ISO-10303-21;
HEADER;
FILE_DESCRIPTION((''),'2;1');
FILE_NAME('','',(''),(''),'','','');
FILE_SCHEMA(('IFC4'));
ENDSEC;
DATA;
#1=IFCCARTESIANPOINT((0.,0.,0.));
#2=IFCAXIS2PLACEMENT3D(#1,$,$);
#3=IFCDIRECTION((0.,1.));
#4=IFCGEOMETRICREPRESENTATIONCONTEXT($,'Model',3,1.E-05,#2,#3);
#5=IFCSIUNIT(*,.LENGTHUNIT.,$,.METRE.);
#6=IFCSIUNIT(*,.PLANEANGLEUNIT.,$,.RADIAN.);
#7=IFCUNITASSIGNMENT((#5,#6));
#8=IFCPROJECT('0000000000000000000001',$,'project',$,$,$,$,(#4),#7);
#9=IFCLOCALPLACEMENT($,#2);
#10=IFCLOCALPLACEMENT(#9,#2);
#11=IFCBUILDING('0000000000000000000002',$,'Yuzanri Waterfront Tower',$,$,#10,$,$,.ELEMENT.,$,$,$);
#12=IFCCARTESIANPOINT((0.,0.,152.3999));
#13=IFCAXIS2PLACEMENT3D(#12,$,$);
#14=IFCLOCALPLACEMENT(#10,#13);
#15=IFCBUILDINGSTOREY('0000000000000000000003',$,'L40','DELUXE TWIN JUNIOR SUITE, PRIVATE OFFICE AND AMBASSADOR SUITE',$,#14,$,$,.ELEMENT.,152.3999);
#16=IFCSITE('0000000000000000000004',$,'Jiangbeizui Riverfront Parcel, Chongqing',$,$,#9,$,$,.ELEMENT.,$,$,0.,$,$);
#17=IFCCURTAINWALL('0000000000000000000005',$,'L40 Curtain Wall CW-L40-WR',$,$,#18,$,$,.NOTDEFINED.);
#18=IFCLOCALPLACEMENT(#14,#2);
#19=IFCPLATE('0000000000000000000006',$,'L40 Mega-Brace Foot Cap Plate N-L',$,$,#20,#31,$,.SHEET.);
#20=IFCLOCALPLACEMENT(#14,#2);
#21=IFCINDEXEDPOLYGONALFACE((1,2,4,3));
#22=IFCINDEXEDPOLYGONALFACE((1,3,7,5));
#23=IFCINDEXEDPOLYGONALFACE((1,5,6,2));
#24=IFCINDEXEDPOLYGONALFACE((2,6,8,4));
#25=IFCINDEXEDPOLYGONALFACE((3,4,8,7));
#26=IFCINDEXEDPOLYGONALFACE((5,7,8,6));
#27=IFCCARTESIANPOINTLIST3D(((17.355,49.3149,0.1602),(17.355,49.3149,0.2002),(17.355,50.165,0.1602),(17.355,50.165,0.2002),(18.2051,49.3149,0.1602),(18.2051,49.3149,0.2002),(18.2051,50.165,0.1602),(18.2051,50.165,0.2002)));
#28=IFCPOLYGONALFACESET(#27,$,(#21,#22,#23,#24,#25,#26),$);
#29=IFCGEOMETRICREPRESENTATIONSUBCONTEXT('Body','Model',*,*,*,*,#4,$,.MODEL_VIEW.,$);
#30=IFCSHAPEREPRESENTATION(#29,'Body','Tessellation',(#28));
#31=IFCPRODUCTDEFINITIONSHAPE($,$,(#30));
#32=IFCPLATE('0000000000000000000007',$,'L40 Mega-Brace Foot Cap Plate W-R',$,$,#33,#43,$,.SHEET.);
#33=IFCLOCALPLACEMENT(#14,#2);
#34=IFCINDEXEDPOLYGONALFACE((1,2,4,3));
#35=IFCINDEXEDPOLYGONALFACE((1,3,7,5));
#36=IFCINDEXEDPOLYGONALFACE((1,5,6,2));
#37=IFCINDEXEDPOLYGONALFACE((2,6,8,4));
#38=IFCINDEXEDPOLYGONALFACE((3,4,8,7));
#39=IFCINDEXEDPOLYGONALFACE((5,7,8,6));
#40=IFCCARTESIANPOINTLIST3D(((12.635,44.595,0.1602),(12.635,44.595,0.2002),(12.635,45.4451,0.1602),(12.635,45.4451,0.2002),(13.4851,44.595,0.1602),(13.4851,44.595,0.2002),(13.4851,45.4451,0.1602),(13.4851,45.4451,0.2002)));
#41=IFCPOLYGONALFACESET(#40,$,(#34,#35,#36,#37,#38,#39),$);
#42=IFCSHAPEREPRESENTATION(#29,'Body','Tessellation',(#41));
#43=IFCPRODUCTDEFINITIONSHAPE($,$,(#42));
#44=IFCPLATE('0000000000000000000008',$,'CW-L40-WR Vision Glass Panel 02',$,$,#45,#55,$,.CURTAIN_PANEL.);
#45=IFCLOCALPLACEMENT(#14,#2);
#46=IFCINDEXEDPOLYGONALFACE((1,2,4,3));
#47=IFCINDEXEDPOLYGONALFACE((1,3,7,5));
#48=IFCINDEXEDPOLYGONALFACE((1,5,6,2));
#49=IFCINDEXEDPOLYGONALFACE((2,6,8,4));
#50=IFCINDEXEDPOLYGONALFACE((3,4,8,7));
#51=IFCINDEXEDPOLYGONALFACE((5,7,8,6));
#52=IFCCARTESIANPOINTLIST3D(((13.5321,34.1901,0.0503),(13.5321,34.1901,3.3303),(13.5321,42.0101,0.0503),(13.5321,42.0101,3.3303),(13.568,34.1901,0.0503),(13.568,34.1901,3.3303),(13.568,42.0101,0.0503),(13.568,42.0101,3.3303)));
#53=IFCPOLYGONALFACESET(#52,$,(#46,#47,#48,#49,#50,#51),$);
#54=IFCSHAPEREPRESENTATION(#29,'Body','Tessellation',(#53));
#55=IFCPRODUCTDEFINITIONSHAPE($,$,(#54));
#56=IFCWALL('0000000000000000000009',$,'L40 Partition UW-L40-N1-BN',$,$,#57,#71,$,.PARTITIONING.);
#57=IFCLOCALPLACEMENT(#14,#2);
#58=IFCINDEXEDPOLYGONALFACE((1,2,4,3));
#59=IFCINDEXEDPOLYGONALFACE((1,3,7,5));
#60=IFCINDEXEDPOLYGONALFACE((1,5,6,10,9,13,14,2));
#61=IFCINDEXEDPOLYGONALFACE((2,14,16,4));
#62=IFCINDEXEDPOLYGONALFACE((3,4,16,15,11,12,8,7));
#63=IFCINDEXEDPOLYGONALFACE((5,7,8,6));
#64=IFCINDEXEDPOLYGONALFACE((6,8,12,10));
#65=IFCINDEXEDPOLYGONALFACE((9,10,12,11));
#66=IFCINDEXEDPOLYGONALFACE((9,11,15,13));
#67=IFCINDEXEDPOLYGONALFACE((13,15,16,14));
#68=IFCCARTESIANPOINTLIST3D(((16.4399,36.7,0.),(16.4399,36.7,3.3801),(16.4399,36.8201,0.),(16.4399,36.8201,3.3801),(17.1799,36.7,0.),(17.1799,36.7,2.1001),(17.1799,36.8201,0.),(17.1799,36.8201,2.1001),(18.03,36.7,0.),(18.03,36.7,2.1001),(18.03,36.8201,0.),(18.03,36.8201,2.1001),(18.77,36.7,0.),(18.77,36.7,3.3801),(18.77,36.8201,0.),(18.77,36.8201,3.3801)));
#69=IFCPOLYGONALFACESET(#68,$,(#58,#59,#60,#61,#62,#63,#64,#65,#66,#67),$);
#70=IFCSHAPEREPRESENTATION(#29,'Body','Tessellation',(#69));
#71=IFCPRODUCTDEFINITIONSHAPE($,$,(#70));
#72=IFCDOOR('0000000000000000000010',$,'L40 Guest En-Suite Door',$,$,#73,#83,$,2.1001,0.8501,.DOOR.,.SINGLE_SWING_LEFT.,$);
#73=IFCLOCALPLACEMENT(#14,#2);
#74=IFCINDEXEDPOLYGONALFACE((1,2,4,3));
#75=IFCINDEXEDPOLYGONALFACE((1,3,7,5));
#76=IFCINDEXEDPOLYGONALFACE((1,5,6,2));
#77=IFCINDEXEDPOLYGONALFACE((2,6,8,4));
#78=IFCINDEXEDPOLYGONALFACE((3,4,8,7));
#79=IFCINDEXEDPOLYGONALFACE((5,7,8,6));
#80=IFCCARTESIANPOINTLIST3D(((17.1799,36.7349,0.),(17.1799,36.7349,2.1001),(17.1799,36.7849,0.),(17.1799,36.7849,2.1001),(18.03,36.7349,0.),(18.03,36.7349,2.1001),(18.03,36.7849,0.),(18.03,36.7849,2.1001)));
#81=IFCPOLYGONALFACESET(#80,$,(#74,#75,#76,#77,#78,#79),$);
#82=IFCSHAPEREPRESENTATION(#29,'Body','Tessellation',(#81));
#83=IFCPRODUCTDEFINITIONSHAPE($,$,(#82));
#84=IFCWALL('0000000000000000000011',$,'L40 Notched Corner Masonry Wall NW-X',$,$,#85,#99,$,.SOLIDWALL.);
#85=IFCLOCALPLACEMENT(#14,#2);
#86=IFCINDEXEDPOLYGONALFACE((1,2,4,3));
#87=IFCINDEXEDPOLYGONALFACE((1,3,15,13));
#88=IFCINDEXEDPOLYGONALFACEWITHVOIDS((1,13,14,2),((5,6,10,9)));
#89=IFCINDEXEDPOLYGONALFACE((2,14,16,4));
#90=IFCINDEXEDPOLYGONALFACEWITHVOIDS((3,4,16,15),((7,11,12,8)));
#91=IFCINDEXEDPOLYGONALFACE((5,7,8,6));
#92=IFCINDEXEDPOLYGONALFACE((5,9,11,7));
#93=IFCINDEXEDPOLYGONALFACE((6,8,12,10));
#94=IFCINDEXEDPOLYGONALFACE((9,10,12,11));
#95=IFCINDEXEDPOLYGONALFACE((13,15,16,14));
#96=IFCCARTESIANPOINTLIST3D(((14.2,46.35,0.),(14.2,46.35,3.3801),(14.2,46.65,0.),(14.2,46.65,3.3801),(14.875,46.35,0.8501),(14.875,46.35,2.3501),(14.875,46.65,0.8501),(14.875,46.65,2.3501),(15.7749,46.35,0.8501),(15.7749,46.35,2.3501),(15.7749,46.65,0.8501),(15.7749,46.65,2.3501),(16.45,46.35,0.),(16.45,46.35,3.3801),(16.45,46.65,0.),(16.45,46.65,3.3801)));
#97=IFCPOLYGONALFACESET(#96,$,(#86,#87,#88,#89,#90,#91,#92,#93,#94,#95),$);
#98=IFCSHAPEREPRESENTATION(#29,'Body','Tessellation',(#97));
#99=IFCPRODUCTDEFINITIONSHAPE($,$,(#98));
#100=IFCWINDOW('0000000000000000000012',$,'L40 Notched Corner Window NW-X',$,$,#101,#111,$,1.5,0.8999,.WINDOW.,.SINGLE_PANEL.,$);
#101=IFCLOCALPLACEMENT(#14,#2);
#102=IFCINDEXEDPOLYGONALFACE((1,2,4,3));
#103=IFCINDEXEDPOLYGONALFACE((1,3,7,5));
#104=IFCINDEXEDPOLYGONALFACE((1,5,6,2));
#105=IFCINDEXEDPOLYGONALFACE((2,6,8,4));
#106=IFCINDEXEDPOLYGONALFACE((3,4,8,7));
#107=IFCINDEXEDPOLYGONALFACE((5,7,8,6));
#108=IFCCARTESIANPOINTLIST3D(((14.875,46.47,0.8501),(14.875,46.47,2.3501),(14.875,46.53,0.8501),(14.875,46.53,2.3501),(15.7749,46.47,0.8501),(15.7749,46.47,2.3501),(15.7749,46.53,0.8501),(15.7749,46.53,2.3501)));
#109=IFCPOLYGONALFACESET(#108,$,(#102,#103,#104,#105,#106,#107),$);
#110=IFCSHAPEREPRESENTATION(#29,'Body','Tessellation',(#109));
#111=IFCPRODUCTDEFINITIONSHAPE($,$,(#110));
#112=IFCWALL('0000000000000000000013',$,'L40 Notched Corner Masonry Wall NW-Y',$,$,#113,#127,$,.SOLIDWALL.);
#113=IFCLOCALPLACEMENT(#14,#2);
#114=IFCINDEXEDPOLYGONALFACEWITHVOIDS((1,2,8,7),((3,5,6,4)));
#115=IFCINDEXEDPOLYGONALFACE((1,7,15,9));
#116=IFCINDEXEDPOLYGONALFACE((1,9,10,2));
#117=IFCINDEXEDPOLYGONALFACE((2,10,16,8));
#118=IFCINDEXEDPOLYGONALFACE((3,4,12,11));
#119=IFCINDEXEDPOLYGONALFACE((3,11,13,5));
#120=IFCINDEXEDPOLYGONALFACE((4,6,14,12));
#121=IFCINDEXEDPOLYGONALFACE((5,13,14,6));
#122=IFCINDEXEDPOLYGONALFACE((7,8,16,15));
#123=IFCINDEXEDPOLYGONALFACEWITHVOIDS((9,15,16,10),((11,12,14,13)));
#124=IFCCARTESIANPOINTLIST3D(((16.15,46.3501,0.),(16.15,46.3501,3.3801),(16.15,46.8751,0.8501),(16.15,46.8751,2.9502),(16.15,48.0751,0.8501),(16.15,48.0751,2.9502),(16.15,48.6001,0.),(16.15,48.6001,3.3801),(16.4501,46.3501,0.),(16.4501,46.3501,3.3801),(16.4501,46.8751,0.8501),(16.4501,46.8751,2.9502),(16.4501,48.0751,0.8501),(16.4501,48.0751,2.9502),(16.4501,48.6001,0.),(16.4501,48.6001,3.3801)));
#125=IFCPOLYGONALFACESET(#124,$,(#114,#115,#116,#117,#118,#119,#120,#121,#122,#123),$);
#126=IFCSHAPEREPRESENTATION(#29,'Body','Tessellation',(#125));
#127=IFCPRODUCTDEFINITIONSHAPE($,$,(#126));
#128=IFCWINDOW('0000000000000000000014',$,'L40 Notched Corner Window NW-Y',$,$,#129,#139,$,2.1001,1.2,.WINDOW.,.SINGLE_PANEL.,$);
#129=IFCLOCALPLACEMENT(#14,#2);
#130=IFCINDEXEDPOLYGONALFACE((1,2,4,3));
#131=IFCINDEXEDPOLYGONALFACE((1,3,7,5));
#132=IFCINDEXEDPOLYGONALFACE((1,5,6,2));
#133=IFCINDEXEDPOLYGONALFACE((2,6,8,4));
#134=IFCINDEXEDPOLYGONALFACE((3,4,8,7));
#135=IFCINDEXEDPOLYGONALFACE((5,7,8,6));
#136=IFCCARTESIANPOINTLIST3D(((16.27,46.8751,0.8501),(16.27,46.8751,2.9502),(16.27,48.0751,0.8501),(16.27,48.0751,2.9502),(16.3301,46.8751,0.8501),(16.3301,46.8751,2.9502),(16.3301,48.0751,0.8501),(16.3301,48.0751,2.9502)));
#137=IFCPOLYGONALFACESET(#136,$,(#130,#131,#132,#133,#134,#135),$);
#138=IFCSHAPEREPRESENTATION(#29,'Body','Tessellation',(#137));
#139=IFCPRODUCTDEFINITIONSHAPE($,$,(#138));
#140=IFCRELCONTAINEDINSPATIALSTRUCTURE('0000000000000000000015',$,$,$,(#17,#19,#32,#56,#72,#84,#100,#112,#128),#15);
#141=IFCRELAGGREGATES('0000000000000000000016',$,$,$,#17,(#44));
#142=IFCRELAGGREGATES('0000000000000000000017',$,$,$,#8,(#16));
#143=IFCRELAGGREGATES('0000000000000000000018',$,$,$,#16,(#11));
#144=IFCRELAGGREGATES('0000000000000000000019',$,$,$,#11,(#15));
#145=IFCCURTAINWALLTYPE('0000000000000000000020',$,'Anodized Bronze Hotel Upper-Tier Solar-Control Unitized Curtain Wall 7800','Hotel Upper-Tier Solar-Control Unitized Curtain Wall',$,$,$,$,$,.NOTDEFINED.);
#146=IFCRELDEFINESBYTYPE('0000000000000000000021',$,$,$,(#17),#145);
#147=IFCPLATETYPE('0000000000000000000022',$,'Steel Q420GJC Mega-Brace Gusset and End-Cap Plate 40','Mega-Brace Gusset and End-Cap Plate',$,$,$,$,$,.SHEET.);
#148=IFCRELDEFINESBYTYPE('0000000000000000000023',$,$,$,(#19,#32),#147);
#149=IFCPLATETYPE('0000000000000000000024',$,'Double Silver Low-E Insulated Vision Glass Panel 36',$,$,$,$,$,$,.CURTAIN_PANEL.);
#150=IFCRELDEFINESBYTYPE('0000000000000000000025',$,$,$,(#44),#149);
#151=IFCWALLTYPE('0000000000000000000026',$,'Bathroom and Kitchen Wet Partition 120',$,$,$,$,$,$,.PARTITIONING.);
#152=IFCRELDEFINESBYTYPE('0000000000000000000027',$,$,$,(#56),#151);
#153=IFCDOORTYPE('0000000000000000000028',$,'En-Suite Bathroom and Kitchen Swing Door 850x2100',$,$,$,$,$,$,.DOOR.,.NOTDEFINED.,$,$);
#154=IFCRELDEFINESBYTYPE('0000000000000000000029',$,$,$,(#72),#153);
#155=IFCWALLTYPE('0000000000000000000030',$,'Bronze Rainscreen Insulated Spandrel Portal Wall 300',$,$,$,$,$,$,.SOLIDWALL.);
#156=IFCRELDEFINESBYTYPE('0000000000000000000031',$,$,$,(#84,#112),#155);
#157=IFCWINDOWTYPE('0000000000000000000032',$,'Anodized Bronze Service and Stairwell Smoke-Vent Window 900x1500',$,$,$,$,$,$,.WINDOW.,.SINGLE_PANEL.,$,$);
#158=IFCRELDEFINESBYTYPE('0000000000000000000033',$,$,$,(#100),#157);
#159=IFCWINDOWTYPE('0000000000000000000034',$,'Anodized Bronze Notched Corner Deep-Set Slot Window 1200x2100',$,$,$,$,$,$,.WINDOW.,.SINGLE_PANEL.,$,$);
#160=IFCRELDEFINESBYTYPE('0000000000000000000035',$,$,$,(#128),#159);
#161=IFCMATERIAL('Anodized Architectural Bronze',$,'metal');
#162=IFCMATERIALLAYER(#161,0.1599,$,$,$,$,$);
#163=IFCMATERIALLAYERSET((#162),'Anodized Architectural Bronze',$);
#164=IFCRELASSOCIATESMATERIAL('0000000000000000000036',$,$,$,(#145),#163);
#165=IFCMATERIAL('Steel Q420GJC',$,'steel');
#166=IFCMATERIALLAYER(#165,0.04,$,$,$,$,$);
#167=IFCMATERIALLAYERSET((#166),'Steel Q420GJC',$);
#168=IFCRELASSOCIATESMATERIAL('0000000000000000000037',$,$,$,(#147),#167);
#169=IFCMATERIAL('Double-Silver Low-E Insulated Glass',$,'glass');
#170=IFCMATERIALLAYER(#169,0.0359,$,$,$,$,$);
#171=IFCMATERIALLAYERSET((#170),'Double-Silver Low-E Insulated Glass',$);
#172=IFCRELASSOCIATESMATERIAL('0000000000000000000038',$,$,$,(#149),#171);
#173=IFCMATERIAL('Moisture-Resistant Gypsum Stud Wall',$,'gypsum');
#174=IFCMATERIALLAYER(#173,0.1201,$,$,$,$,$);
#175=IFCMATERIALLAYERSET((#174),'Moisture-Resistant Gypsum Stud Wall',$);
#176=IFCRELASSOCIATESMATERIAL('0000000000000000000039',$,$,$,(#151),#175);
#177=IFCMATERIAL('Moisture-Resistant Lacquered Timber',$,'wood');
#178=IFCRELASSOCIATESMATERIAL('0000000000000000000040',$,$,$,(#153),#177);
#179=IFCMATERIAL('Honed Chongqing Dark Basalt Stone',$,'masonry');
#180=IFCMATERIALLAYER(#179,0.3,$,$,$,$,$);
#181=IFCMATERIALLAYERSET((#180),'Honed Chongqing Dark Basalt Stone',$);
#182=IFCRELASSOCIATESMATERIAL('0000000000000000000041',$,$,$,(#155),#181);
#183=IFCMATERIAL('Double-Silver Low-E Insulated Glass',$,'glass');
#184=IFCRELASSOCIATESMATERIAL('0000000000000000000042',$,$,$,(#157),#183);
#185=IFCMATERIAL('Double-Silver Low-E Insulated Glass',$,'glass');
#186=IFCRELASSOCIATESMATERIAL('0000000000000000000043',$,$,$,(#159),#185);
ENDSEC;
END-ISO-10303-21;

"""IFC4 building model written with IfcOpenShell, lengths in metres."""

from ifc_helpers import new_model, si_unit, direction, frame, frame_2d, origin, origin_2d, place, context, subcontext, project, spatial, rectangle, extrude, source, transform, mapped, material, layer, layer_set, type_object, element, fill, aggregate, save


model = new_model("IFC4")

# Units and contexts
model_context = context("Model", 3, precision=1e-05, world=origin(), true_north=direction((0.0, 1.0)))
body_context = subcontext(model_context, "Body", "Model", "MODEL_VIEW")
ifc_project = project(units=[si_unit("LENGTHUNIT", "METRE"), si_unit("PLANEANGLEUNIT", "RADIAN")], contexts=[model_context])

# Site, building, storey
site_placement = place(None, origin())
site = spatial("IfcSite", under=ifc_project, at=site_placement, Name="Jiangbeizui Riverfront Parcel, Chongqing", CompositionType="ELEMENT", RefElevation=0.0)
building_placement = place(site_placement, origin())
building = spatial("IfcBuilding", under=site, at=building_placement, Name="Yuzanri Waterfront Tower", CompositionType="ELEMENT")
storey_placement = place(building_placement, frame((0.0, 0.0, 152.3999)))
storey = spatial("IfcBuildingStorey", under=building, at=storey_placement, Name="L40", Description="DELUXE TWIN JUNIOR SUITE, PRIVATE OFFICE AND AMBASSADOR SUITE", CompositionType="ELEMENT", Elevation=152.3999)

# Curtain wall
ifc_material_1 = material(Name="Anodized Architectural Bronze", Category="metal")
ifc_layer_1 = layer(ifc_material_1, 0.1599)
ifc_layer_set_1 = layer_set([ifc_layer_1], Name="Anodized Architectural Bronze")
curtain_wall_type = type_object("IfcCurtainWallType", Name="Anodized Bronze Hotel Upper-Tier Solar-Control Unitized Curtain Wall 7800", Description="Hotel Upper-Tier Solar-Control Unitized Curtain Wall", PredefinedType="NOTDEFINED", material=ifc_layer_set_1)
curtain_wall_placement = place(storey_placement, origin())
curtain_wall = element("IfcCurtainWall", 1, at=curtain_wall_placement, inside=storey, type_object=curtain_wall_type, Name="L40 Curtain Wall CW-L40-WR", PredefinedType="NOTDEFINED")

# Plates
ifc_material_2 = material(Name="Steel Q420GJC", Category="steel")
ifc_layer_2 = layer(ifc_material_2, 0.04)
ifc_layer_set_2 = layer_set([ifc_layer_2], Name="Steel Q420GJC")
plate_type_1 = type_object("IfcPlateType", Name="Steel Q420GJC Mega-Brace Gusset and End-Cap Plate 40", Description="Mega-Brace Gusset and End-Cap Plate", PredefinedType="SHEET", material=ifc_layer_set_2)
shared_shape_1 = source(origin(), body_context, "Body", "SweptSolid", [
    extrude(rectangle(XDim=0.8501, YDim=0.8501, at=origin_2d()), origin(), (0.0, 0.0, 1.0), 0.04),
])
for number, where, z_axis, x_axis, name in (
    (2, (17.78, 49.74, 0.1602), (0.0, 0.0, 1.0), (1.0, 0.0, 0.0), "L40 Mega-Brace Foot Cap Plate N-L"),
    (3, (13.0601, 45.02, 0.1602), (0.0, 0.0, 1.0), (1.0, 0.0, 0.0), "L40 Mega-Brace Foot Cap Plate W-R"),
):
    element("IfcPlate", number, at=place(storey_placement, frame(where, z_axis=z_axis, x_axis=x_axis)), inside=storey, type_object=plate_type_1, Name=name, PredefinedType="SHEET", context=body_context, shape_type="MappedRepresentation", body=[
        mapped(shared_shape_1, transform((0.0, 0.0, 0.0), scale=1.0)),
    ])

# Plate
ifc_material_3 = material(Name="Double-Silver Low-E Insulated Glass", Category="glass")
ifc_layer_3 = layer(ifc_material_3, 0.0359)
ifc_layer_set_3 = layer_set([ifc_layer_3], Name="Double-Silver Low-E Insulated Glass")
plate_type_2 = type_object("IfcPlateType", Name="Double Silver Low-E Insulated Vision Glass Panel 36", PredefinedType="CURTAIN_PANEL", material=ifc_layer_set_3)
shared_shape_2 = source(origin(), body_context, "Body", "SweptSolid", [
    extrude(rectangle(XDim=7.8201, YDim=0.0359, at=origin_2d()), origin(), (0.0, 0.0, 1.0), 3.28),
])
plate_placement = place(storey_placement, frame((13.55, 38.1001, 0.0503), z_axis=(0.0, 0.0, 1.0), x_axis=(0.0, 1.0, 0.0)))
plate = element("IfcPlate", 4, at=plate_placement, type_object=plate_type_2, Name="CW-L40-WR Vision Glass Panel 02", PredefinedType="CURTAIN_PANEL", context=body_context, shape_type="MappedRepresentation", body=[
    mapped(shared_shape_2, transform((0.0, 0.0, 0.0), scale=1.0)),
])
aggregate(curtain_wall, [plate])

# Wall, opening, door
ifc_material_4 = material(Name="Moisture-Resistant Gypsum Stud Wall", Category="gypsum")
ifc_layer_4 = layer(ifc_material_4, 0.1201)
ifc_layer_set_4 = layer_set([ifc_layer_4], Name="Moisture-Resistant Gypsum Stud Wall")
wall_type_1 = type_object("IfcWallType", Name="Bathroom and Kitchen Wet Partition 120", PredefinedType="PARTITIONING", material=ifc_layer_set_4)
wall_1_placement = place(storey_placement, frame((16.4399, 36.76, 0.0), z_axis=(0.0, 0.0, 1.0), x_axis=(1.0, 0.0, 0.0)))
wall_1 = element("IfcWall", 5, at=wall_1_placement, inside=storey, type_object=wall_type_1, Name="L40 Partition UW-L40-N1-BN", PredefinedType="PARTITIONING", context=body_context, shape_type="SweptSolid", body=[
    extrude(rectangle(XDim=2.3301, YDim=0.1201, at=frame_2d((1.165, 0.0))), origin(), (0.0, 0.0, 1.0), 3.3801),
])
opening_1_placement = place(wall_1_placement, frame((0.74, 0.0, 0.0)))
opening_1 = element("IfcOpeningElement", 6, at=opening_1_placement, cuts=wall_1, PredefinedType="OPENING", context=body_context, shape_type="SweptSolid", body=[
    extrude(rectangle(XDim=0.8501, YDim=2.1001, at=frame_2d((0.425, 1.05))), frame((0.0, 0.075, 0.0), z_axis=(0.0, -1.0, 0.0), x_axis=(1.0, 0.0, 0.0)), (0.0, 0.0, 1.0), 0.1499),
])
ifc_material_5 = material(Name="Moisture-Resistant Lacquered Timber", Category="wood")
door_type_1 = type_object("IfcDoorType", Name="En-Suite Bathroom and Kitchen Swing Door 850x2100", OperationType="NOTDEFINED", PredefinedType="DOOR", material=ifc_material_5)
shared_shape_3 = source(origin(), body_context, "Body", "SweptSolid", [
    extrude(rectangle(XDim=0.8501, YDim=2.1001, at=frame_2d((0.425, 1.05))), frame((0.0, 0.0249, 0.0), z_axis=(0.0, -1.0, 0.0), x_axis=(1.0, 0.0, 0.0)), (0.0, 0.0, 1.0), 0.05),
])
door_1_placement = place(opening_1_placement, origin())
door_1 = element("IfcDoor", 7, at=door_1_placement, inside=storey, type_object=door_type_1, Name="L40 Guest En-Suite Door", OperationType="SINGLE_SWING_LEFT", OverallHeight=2.1001, OverallWidth=0.8501, PredefinedType="DOOR", context=body_context, shape_type="MappedRepresentation", body=[
    mapped(shared_shape_3, transform((0.0, 0.0, 0.0), scale=1.0)),
])
fill(opening_1, door_1)

# Walls, openings, windows
ifc_material_6 = material(Name="Honed Chongqing Dark Basalt Stone", Category="masonry")
ifc_layer_5 = layer(ifc_material_6, 0.3)
ifc_layer_set_5 = layer_set([ifc_layer_5], Name="Honed Chongqing Dark Basalt Stone")
wall_type_2 = type_object("IfcWallType", Name="Bronze Rainscreen Insulated Spandrel Portal Wall 300", PredefinedType="SOLIDWALL", material=ifc_layer_set_5)
wall_2_placement = place(storey_placement, frame((16.45, 46.5, 0.0), z_axis=(0.0, 0.0, 1.0), x_axis=(-1.0, 0.0, 0.0)))
wall_2 = element("IfcWall", 8, at=wall_2_placement, inside=storey, type_object=wall_type_2, Name="L40 Notched Corner Masonry Wall NW-X", PredefinedType="SOLIDWALL", context=body_context, shape_type="SweptSolid", body=[
    extrude(rectangle(XDim=2.25, YDim=0.3, at=frame_2d((1.125, 0.0))), origin(), (0.0, 0.0, 1.0), 3.3801),
])
opening_2_placement = place(wall_2_placement, frame((0.675, 0.0, 0.8501)))
opening_2 = element("IfcOpeningElement", 9, at=opening_2_placement, cuts=wall_2, PredefinedType="OPENING", context=body_context, shape_type="SweptSolid", body=[
    extrude(rectangle(XDim=0.8999, YDim=1.5, at=frame_2d((0.45, 0.75))), frame((0.0, 0.165, 0.0), z_axis=(0.0, -1.0, 0.0), x_axis=(1.0, 0.0, 0.0)), (0.0, 0.0, 1.0), 0.3298),
])
ifc_material_7 = material(Name="Double-Silver Low-E Insulated Glass", Category="glass")
window_type_1 = type_object("IfcWindowType", Name="Anodized Bronze Service and Stairwell Smoke-Vent Window 900x1500", PartitioningType="SINGLE_PANEL", PredefinedType="WINDOW", material=ifc_material_7)
shared_shape_4 = source(origin(), body_context, "Body", "SweptSolid", [
    extrude(rectangle(XDim=0.8999, YDim=1.5, at=frame_2d((0.45, 0.75))), frame((0.0, 0.03, 0.0), z_axis=(0.0, -1.0, 0.0), x_axis=(1.0, 0.0, 0.0)), (0.0, 0.0, 1.0), 0.0601),
])
window_1_placement = place(opening_2_placement, origin())
window_1 = element("IfcWindow", 10, at=window_1_placement, inside=storey, type_object=window_type_1, Name="L40 Notched Corner Window NW-X", OverallHeight=1.5, OverallWidth=0.8999, PartitioningType="SINGLE_PANEL", PredefinedType="WINDOW", context=body_context, shape_type="MappedRepresentation", body=[
    mapped(shared_shape_4, transform((0.0, 0.0, 0.0), scale=1.0)),
])
fill(opening_2, window_1)
wall_3_placement = place(storey_placement, frame((16.3, 48.6001, 0.0), z_axis=(0.0, 0.0, 1.0), x_axis=(0.0, -1.0, 0.0)))
wall_3 = element("IfcWall", 11, at=wall_3_placement, inside=storey, type_object=wall_type_2, Name="L40 Notched Corner Masonry Wall NW-Y", PredefinedType="SOLIDWALL", context=body_context, shape_type="SweptSolid", body=[
    extrude(rectangle(XDim=2.25, YDim=0.3, at=frame_2d((1.125, 0.0))), origin(), (0.0, 0.0, 1.0), 3.3801),
])
opening_3_placement = place(wall_3_placement, frame((0.5249, 0.0, 0.8501)))
opening_3 = element("IfcOpeningElement", 12, at=opening_3_placement, cuts=wall_3, PredefinedType="OPENING", context=body_context, shape_type="SweptSolid", body=[
    extrude(rectangle(XDim=1.2, YDim=2.1001, at=frame_2d((0.6001, 1.05))), frame((0.0, 0.165, 0.0), z_axis=(0.0, -1.0, 0.0), x_axis=(1.0, 0.0, 0.0)), (0.0, 0.0, 1.0), 0.3298),
])
ifc_material_8 = material(Name="Double-Silver Low-E Insulated Glass", Category="glass")
window_type_2 = type_object("IfcWindowType", Name="Anodized Bronze Notched Corner Deep-Set Slot Window 1200x2100", PartitioningType="SINGLE_PANEL", PredefinedType="WINDOW", material=ifc_material_8)
shared_shape_5 = source(origin(), body_context, "Body", "SweptSolid", [
    extrude(rectangle(XDim=1.2, YDim=2.1001, at=frame_2d((0.6001, 1.05))), frame((0.0, 0.03, 0.0), z_axis=(0.0, -1.0, 0.0), x_axis=(1.0, 0.0, 0.0)), (0.0, 0.0, 1.0), 0.0601),
])
window_2_placement = place(opening_3_placement, origin())
window_2 = element("IfcWindow", 13, at=window_2_placement, inside=storey, type_object=window_type_2, Name="L40 Notched Corner Window NW-Y", OverallHeight=2.1001, OverallWidth=1.2, PartitioningType="SINGLE_PANEL", PredefinedType="WINDOW", context=body_context, shape_type="MappedRepresentation", body=[
    mapped(shared_shape_5, transform((0.0, 0.0, 0.0), scale=1.0)),
])
fill(opening_3, window_2)

save(model, "model.ifc")
